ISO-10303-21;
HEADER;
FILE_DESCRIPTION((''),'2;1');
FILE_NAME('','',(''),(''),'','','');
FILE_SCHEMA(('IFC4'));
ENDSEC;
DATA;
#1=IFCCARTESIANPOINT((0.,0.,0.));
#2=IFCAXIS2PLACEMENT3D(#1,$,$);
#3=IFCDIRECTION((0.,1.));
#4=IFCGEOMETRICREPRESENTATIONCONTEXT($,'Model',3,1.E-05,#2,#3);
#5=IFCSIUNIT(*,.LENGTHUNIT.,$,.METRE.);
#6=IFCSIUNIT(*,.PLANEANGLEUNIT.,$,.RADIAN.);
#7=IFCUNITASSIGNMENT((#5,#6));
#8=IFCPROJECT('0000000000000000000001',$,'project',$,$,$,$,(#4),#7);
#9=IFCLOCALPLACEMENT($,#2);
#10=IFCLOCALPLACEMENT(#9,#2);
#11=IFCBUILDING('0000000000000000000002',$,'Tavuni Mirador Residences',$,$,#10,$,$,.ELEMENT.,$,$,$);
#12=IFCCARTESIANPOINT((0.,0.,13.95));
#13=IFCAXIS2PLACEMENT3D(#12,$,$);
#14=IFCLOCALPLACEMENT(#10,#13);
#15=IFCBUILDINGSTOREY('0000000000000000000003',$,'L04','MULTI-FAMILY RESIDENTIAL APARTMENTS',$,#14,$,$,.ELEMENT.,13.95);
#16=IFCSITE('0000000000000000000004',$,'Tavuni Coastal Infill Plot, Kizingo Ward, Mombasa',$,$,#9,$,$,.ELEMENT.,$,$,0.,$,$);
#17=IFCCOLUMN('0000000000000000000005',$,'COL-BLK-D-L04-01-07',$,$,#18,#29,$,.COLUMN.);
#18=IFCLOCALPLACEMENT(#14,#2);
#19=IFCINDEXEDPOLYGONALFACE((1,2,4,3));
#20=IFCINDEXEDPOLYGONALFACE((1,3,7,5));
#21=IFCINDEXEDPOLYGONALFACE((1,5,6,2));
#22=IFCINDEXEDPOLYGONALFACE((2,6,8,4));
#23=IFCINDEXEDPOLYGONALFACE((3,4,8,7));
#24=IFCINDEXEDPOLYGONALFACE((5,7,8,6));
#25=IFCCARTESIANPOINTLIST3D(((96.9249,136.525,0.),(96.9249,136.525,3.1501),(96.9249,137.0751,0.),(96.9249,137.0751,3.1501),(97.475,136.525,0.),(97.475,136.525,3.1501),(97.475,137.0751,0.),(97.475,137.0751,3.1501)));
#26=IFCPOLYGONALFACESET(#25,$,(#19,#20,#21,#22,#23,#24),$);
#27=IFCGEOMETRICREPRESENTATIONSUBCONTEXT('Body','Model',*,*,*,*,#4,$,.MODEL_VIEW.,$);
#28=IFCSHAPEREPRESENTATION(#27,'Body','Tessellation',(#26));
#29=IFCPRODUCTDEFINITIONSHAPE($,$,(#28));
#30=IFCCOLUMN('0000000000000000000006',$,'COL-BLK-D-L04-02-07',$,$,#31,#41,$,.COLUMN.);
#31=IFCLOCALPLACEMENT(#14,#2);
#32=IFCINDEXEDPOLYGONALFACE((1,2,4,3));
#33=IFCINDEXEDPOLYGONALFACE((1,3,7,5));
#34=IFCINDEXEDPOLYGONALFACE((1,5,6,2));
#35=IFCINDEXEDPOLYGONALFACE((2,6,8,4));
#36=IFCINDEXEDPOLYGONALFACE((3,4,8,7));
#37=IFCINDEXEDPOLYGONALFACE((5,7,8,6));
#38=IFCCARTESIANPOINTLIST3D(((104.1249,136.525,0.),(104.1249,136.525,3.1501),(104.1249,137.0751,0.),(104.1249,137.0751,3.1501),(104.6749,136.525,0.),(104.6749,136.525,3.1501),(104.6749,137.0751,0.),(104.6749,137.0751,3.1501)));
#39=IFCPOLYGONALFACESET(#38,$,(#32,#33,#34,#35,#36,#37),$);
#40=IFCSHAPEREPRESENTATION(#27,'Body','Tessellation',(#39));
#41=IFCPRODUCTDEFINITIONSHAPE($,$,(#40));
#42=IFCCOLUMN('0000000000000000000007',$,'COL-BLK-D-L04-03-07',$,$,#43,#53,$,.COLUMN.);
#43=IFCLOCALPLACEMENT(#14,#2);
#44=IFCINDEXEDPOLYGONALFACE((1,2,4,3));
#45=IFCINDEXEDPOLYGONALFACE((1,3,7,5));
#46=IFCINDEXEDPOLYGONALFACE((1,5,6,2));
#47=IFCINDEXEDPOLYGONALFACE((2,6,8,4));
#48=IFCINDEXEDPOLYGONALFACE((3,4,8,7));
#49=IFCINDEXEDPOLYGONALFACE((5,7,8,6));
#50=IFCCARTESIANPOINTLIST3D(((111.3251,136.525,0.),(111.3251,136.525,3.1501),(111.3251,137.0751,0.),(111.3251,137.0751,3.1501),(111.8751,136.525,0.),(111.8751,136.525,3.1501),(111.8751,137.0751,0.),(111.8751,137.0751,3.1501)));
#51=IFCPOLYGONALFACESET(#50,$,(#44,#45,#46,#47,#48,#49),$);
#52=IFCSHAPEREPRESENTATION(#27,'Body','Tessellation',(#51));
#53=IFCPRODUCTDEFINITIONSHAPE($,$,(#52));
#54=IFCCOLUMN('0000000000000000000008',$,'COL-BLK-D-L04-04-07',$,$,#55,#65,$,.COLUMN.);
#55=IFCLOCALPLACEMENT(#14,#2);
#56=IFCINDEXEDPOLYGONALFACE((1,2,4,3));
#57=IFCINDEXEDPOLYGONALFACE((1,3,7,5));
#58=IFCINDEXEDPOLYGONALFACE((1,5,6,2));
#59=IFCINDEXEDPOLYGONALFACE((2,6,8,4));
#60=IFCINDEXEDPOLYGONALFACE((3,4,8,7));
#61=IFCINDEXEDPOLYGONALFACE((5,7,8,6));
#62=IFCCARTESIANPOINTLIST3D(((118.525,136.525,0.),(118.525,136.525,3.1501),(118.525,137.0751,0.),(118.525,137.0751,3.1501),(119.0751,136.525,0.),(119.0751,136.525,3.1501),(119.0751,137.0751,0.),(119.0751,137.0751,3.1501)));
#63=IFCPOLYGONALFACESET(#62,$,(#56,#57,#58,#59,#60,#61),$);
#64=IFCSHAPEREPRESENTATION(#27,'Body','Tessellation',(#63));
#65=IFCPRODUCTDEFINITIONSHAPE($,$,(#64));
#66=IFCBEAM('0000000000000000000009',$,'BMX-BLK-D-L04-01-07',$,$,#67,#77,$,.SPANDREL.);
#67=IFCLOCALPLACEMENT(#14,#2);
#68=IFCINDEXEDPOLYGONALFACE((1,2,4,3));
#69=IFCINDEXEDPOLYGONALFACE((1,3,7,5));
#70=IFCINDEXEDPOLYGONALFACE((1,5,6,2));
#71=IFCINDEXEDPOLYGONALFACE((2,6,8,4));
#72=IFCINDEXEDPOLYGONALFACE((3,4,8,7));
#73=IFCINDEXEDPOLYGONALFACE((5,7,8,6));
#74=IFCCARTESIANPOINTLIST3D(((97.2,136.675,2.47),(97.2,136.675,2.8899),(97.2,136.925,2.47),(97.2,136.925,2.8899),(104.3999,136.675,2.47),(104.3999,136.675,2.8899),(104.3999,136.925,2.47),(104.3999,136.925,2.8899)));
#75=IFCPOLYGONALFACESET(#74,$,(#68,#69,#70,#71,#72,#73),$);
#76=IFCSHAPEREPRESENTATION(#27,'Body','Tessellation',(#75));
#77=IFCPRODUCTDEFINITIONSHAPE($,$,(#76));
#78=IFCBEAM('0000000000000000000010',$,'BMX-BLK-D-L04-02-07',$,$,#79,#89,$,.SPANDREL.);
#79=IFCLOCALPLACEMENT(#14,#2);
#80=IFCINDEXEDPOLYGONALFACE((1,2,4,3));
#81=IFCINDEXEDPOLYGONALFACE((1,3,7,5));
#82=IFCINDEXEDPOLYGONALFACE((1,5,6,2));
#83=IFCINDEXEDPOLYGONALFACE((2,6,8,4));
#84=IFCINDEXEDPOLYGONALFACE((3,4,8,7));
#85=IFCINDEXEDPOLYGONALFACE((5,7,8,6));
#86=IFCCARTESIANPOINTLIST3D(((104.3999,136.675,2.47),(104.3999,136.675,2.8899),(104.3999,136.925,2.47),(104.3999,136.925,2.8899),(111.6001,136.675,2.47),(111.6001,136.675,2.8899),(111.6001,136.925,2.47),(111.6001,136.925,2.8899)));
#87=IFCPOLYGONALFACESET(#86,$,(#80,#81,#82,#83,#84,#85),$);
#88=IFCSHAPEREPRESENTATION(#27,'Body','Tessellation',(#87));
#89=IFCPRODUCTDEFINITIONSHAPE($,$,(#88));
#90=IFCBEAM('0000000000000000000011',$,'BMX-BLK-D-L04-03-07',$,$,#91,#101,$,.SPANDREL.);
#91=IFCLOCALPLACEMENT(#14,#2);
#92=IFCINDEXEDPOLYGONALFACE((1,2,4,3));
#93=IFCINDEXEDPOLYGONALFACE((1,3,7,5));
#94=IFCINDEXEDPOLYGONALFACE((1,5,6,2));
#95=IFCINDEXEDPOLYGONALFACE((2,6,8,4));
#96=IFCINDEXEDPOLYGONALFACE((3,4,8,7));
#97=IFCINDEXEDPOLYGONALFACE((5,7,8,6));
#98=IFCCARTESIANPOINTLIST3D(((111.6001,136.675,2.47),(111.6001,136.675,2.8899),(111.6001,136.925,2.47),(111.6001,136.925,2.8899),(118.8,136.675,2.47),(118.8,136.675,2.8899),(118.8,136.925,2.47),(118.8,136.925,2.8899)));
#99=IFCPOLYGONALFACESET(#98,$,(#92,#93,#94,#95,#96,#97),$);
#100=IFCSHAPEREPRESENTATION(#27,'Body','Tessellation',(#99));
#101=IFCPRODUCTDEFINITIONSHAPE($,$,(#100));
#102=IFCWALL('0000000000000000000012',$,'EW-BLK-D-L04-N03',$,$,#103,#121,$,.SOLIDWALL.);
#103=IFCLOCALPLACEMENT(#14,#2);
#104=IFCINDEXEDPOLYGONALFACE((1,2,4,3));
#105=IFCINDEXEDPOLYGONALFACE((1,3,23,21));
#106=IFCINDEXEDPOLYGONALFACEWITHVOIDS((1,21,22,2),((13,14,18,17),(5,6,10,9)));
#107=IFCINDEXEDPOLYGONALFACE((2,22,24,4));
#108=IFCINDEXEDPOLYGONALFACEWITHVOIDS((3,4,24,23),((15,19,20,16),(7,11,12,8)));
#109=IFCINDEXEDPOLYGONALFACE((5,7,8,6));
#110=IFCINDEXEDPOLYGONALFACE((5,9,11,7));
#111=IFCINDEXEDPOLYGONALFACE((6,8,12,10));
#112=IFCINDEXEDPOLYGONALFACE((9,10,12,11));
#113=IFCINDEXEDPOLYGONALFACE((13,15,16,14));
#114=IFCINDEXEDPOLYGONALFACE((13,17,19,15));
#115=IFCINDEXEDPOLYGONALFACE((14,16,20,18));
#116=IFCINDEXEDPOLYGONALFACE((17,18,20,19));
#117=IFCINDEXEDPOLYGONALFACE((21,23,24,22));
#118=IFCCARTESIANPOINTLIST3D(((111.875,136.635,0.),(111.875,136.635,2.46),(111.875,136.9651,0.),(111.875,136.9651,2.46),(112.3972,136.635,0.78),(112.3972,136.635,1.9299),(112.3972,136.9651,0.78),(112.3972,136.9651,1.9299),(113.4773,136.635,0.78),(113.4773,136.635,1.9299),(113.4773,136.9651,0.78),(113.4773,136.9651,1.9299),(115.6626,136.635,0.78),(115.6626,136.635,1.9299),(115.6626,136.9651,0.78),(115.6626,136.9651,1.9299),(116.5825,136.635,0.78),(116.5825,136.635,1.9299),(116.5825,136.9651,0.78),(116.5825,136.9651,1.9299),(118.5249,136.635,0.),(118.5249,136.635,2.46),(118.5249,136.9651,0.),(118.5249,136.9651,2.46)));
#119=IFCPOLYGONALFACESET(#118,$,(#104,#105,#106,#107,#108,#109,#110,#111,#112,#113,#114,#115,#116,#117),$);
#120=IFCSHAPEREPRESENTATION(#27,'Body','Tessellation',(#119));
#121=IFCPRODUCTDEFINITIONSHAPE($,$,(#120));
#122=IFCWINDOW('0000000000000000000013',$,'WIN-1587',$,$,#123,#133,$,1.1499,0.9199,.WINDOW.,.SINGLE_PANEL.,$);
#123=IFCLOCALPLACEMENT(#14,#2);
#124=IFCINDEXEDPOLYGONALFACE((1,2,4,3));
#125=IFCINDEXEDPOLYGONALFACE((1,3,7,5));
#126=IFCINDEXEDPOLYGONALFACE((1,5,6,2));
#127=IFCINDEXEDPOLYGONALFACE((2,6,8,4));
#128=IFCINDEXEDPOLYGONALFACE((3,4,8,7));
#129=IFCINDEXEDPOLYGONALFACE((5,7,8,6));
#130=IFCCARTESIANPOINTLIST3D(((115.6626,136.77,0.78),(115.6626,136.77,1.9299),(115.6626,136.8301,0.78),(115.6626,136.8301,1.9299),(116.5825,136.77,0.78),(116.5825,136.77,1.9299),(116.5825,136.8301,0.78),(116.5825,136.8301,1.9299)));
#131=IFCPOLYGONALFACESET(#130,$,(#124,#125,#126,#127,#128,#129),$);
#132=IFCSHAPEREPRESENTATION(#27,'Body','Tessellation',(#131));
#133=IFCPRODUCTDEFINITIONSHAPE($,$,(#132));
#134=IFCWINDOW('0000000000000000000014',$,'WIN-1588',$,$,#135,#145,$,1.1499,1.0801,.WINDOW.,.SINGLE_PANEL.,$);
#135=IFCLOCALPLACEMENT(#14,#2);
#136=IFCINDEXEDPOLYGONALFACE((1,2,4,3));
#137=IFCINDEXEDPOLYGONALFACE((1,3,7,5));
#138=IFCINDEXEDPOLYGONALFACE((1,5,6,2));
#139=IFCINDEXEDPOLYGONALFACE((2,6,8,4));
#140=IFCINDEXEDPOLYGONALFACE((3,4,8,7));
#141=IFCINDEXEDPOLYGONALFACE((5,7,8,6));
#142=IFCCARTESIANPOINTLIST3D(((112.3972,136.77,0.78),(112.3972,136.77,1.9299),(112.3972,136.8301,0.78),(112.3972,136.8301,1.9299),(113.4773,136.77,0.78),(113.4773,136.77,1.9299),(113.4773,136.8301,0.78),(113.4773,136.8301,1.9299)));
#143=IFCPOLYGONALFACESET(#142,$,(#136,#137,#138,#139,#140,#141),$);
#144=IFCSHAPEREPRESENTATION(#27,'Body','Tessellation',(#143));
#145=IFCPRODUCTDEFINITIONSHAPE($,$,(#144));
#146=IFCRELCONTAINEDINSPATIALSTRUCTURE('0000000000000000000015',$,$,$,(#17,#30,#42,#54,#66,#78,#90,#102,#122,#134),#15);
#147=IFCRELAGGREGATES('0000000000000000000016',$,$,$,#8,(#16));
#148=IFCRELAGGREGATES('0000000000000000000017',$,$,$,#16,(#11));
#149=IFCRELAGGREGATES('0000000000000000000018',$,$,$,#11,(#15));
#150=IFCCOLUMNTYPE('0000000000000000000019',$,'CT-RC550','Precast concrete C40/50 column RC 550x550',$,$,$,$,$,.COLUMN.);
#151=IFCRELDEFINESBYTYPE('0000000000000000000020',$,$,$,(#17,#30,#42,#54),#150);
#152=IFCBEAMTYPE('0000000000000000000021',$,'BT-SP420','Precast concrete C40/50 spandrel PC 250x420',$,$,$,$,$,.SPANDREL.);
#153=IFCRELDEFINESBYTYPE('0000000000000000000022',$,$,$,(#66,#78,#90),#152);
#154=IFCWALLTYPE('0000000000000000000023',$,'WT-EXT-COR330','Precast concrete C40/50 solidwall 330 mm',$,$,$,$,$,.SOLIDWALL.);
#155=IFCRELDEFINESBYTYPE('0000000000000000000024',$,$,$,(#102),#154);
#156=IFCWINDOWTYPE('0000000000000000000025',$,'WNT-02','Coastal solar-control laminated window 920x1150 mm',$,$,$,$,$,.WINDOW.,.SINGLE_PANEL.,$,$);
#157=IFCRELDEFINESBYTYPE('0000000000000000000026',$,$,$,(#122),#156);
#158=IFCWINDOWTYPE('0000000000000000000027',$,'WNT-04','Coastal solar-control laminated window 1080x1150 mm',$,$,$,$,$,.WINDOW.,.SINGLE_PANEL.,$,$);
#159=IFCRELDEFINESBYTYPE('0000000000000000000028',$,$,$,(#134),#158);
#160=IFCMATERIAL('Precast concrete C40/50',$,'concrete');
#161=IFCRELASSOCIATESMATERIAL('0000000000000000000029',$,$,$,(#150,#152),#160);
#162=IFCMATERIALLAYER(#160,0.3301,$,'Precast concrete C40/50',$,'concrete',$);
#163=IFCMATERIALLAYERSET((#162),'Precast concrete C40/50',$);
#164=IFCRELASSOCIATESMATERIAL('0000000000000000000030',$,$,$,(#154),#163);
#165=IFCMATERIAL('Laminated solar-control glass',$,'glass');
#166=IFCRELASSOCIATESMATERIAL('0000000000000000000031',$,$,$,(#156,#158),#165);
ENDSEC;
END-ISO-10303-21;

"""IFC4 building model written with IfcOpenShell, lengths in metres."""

from ifc_helpers import new_model, si_unit, direction, frame, frame_2d, origin, origin_2d, place, context, subcontext, project, spatial, rectangle, extrude, material, layer, layer_set, material_profile, profile_set, type_object, element, fill, save


model = new_model("IFC4")

# Units and contexts
model_context = context("Model", 3, precision=1e-05, world=origin(), true_north=direction((0.0, 1.0)))
body_context = subcontext(model_context, "Body", "Model", "MODEL_VIEW")
ifc_project = project(units=[si_unit("LENGTHUNIT", "METRE"), si_unit("PLANEANGLEUNIT", "RADIAN")], contexts=[model_context])

# Site, building, storey
site_placement = place(None, origin())
site = spatial("IfcSite", under=ifc_project, at=site_placement, Name="Tavuni Coastal Infill Plot, Kizingo Ward, Mombasa", CompositionType="ELEMENT", RefElevation=0.0)
building_placement = place(site_placement, origin())
building = spatial("IfcBuilding", under=site, at=building_placement, Name="Tavuni Mirador Residences", CompositionType="ELEMENT")
storey_placement = place(building_placement, frame((0.0, 0.0, 13.95)))
storey = spatial("IfcBuildingStorey", under=building, at=storey_placement, Name="L04", Description="MULTI-FAMILY RESIDENTIAL APARTMENTS", CompositionType="ELEMENT", Elevation=13.95)

# Columns
ifc_material_1 = material(Name="Precast concrete C40/50", Category="concrete")
ifc_material_profile_1 = material_profile(ifc_material_1, rectangle(XDim=0.55, YDim=0.55, at=origin_2d()), Name="RC 550x550", Category="concrete")
ifc_profile_set_1 = profile_set([ifc_material_profile_1], Name="Precast concrete C40/50")
column_type = type_object("IfcColumnType", Name="CT-RC550", Description="Precast concrete C40/50 column RC 550x550", PredefinedType="COLUMN", material=ifc_profile_set_1)
for number, where, z_axis, x_axis, name in (
    (1, (97.2, 136.8, 0.0), (0.0, 0.0, 1.0), (1.0, 0.0, 0.0), "COL-BLK-D-L04-01-07"),
    (2, (104.3999, 136.8, 0.0), (0.0, 0.0, 1.0), (1.0, 0.0, 0.0), "COL-BLK-D-L04-02-07"),
    (3, (111.6001, 136.8, 0.0), (0.0, 0.0, 1.0), (1.0, 0.0, 0.0), "COL-BLK-D-L04-03-07"),
    (4, (118.8, 136.8, 0.0), (0.0, 0.0, 1.0), (1.0, 0.0, 0.0), "COL-BLK-D-L04-04-07"),
):
    element("IfcColumn", number, at=place(storey_placement, frame(where, z_axis=z_axis, x_axis=x_axis)), inside=storey, type_object=column_type, Name=name, PredefinedType="COLUMN", context=body_context, shape_type="SweptSolid", body=[
        extrude(rectangle(XDim=0.55, YDim=0.55, at=origin_2d()), origin(), (0.0, 0.0, 1.0), 3.1501),
    ])

# Beams
ifc_material_profile_2 = material_profile(ifc_material_1, rectangle(XDim=0.25, YDim=0.4199, at=origin_2d()), Name="PC 250x420", Category="concrete")
ifc_profile_set_2 = profile_set([ifc_material_profile_2], Name="Precast concrete C40/50")
beam_type = type_object("IfcBeamType", Name="BT-SP420", Description="Precast concrete C40/50 spandrel PC 250x420", PredefinedType="SPANDREL", material=ifc_profile_set_2)
beam_1_placement = place(storey_placement, frame((97.2, 136.8, 2.6799), z_axis=(1.0, 0.0, 0.0), x_axis=(0.0, 1.0, 0.0)))
element("IfcBeam", 5, at=beam_1_placement, inside=storey, type_object=beam_type, Name="BMX-BLK-D-L04-01-07", PredefinedType="SPANDREL", context=body_context, shape_type="SweptSolid", body=[
    extrude(rectangle(XDim=0.25, YDim=0.4199, at=origin_2d()), origin(), (0.0, 0.0, 1.0), 7.2),
])
beam_2_placement = place(storey_placement, frame((104.3999, 136.8, 2.6799), z_axis=(1.0, 0.0, 0.0), x_axis=(0.0, 1.0, 0.0)))
element("IfcBeam", 6, at=beam_2_placement, inside=storey, type_object=beam_type, Name="BMX-BLK-D-L04-02-07", PredefinedType="SPANDREL", context=body_context, shape_type="SweptSolid", body=[
    extrude(rectangle(XDim=0.25, YDim=0.4199, at=origin_2d()), origin(), (0.0, 0.0, 1.0), 7.2002),
])
beam_3_placement = place(storey_placement, frame((111.6001, 136.8, 2.6799), z_axis=(1.0, 0.0, 0.0), x_axis=(0.0, 1.0, 0.0)))
element("IfcBeam", 7, at=beam_3_placement, inside=storey, type_object=beam_type, Name="BMX-BLK-D-L04-03-07", PredefinedType="SPANDREL", context=body_context, shape_type="SweptSolid", body=[
    extrude(rectangle(XDim=0.25, YDim=0.4199, at=origin_2d()), origin(), (0.0, 0.0, 1.0), 7.2),
])

# Wall, openings, windows
ifc_layer_1 = layer(ifc_material_1, 0.3301, Name="Precast concrete C40/50", Category="concrete")
ifc_layer_set_1 = layer_set([ifc_layer_1], Name="Precast concrete C40/50")
wall_type_1 = type_object("IfcWallType", Name="WT-EXT-COR330", Description="Precast concrete C40/50 solidwall 330 mm", PredefinedType="SOLIDWALL", material=ifc_layer_set_1)
wall_1_placement = place(storey_placement, frame((118.5249, 136.8, 0.0), z_axis=(0.0, 0.0, 1.0), x_axis=(-1.0, 0.0, 0.0)))
wall_1 = element("IfcWall", 8, at=wall_1_placement, inside=storey, type_object=wall_type_1, Name="EW-BLK-D-L04-N03", PredefinedType="SOLIDWALL", context=body_context, shape_type="SweptSolid", body=[
    extrude(rectangle(XDim=6.6499, YDim=0.3301, at=frame_2d((3.325, 0.0))), origin(), (0.0, 0.0, 1.0), 2.46),
])
opening_1_placement = place(wall_1_placement, frame((1.9424, 0.0, 0.78)))
opening_1 = element("IfcOpeningElement", 9, at=opening_1_placement, cuts=wall_1, PredefinedType="OPENING", context=body_context, shape_type="SweptSolid", body=[
    extrude(rectangle(XDim=0.9199, YDim=1.1499, at=frame_2d((0.46, 0.575))), frame((0.0, 0.175, 0.0), z_axis=(0.0, -1.0, 0.0), x_axis=(1.0, 0.0, 0.0)), (0.0, 0.0, 1.0), 0.3501),
])
opening_2_placement = place(wall_1_placement, frame((5.0476, 0.0, 0.78)))
opening_2 = element("IfcOpeningElement", 10, at=opening_2_placement, cuts=wall_1, PredefinedType="OPENING", context=body_context, shape_type="SweptSolid", body=[
    extrude(rectangle(XDim=1.0801, YDim=1.1499, at=frame_2d((0.54, 0.575))), frame((0.0, 0.175, 0.0), z_axis=(0.0, -1.0, 0.0), x_axis=(1.0, 0.0, 0.0)), (0.0, 0.0, 1.0), 0.3501),
])
ifc_material_2 = material(Name="Laminated solar-control glass", Category="glass")
window_type_1 = type_object("IfcWindowType", Name="WNT-02", Description="Coastal solar-control laminated window 920x1150 mm", PartitioningType="SINGLE_PANEL", PredefinedType="WINDOW", material=ifc_material_2)
window_1_placement = place(opening_1_placement, origin())
window_1 = element("IfcWindow", 11, at=window_1_placement, inside=storey, type_object=window_type_1, Name="WIN-1587", OverallHeight=1.1499, OverallWidth=0.9199, PartitioningType="SINGLE_PANEL", PredefinedType="WINDOW", context=body_context, shape_type="SweptSolid", body=[
    extrude(rectangle(XDim=0.9199, YDim=1.1499, at=frame_2d((0.46, 0.575))), frame((0.0, 0.03, 0.0), z_axis=(0.0, -1.0, 0.0), x_axis=(1.0, 0.0, 0.0)), (0.0, 0.0, 1.0), 0.0601),
])
fill(opening_1, window_1)
window_type_2 = type_object("IfcWindowType", Name="WNT-04", Description="Coastal solar-control laminated window 1080x1150 mm", PartitioningType="SINGLE_PANEL", PredefinedType="WINDOW", material=ifc_material_2)
window_2_placement = place(opening_2_placement, origin())
window_2 = element("IfcWindow", 12, at=window_2_placement, inside=storey, type_object=window_type_2, Name="WIN-1588", OverallHeight=1.1499, OverallWidth=1.0801, PartitioningType="SINGLE_PANEL", PredefinedType="WINDOW", context=body_context, shape_type="SweptSolid", body=[
    extrude(rectangle(XDim=1.0801, YDim=1.1499, at=frame_2d((0.54, 0.575))), frame((0.0, 0.03, 0.0), z_axis=(0.0, -1.0, 0.0), x_axis=(1.0, 0.0, 0.0)), (0.0, 0.0, 1.0), 0.0601),
])
fill(opening_2, window_2)

save(model, "model.ifc")
